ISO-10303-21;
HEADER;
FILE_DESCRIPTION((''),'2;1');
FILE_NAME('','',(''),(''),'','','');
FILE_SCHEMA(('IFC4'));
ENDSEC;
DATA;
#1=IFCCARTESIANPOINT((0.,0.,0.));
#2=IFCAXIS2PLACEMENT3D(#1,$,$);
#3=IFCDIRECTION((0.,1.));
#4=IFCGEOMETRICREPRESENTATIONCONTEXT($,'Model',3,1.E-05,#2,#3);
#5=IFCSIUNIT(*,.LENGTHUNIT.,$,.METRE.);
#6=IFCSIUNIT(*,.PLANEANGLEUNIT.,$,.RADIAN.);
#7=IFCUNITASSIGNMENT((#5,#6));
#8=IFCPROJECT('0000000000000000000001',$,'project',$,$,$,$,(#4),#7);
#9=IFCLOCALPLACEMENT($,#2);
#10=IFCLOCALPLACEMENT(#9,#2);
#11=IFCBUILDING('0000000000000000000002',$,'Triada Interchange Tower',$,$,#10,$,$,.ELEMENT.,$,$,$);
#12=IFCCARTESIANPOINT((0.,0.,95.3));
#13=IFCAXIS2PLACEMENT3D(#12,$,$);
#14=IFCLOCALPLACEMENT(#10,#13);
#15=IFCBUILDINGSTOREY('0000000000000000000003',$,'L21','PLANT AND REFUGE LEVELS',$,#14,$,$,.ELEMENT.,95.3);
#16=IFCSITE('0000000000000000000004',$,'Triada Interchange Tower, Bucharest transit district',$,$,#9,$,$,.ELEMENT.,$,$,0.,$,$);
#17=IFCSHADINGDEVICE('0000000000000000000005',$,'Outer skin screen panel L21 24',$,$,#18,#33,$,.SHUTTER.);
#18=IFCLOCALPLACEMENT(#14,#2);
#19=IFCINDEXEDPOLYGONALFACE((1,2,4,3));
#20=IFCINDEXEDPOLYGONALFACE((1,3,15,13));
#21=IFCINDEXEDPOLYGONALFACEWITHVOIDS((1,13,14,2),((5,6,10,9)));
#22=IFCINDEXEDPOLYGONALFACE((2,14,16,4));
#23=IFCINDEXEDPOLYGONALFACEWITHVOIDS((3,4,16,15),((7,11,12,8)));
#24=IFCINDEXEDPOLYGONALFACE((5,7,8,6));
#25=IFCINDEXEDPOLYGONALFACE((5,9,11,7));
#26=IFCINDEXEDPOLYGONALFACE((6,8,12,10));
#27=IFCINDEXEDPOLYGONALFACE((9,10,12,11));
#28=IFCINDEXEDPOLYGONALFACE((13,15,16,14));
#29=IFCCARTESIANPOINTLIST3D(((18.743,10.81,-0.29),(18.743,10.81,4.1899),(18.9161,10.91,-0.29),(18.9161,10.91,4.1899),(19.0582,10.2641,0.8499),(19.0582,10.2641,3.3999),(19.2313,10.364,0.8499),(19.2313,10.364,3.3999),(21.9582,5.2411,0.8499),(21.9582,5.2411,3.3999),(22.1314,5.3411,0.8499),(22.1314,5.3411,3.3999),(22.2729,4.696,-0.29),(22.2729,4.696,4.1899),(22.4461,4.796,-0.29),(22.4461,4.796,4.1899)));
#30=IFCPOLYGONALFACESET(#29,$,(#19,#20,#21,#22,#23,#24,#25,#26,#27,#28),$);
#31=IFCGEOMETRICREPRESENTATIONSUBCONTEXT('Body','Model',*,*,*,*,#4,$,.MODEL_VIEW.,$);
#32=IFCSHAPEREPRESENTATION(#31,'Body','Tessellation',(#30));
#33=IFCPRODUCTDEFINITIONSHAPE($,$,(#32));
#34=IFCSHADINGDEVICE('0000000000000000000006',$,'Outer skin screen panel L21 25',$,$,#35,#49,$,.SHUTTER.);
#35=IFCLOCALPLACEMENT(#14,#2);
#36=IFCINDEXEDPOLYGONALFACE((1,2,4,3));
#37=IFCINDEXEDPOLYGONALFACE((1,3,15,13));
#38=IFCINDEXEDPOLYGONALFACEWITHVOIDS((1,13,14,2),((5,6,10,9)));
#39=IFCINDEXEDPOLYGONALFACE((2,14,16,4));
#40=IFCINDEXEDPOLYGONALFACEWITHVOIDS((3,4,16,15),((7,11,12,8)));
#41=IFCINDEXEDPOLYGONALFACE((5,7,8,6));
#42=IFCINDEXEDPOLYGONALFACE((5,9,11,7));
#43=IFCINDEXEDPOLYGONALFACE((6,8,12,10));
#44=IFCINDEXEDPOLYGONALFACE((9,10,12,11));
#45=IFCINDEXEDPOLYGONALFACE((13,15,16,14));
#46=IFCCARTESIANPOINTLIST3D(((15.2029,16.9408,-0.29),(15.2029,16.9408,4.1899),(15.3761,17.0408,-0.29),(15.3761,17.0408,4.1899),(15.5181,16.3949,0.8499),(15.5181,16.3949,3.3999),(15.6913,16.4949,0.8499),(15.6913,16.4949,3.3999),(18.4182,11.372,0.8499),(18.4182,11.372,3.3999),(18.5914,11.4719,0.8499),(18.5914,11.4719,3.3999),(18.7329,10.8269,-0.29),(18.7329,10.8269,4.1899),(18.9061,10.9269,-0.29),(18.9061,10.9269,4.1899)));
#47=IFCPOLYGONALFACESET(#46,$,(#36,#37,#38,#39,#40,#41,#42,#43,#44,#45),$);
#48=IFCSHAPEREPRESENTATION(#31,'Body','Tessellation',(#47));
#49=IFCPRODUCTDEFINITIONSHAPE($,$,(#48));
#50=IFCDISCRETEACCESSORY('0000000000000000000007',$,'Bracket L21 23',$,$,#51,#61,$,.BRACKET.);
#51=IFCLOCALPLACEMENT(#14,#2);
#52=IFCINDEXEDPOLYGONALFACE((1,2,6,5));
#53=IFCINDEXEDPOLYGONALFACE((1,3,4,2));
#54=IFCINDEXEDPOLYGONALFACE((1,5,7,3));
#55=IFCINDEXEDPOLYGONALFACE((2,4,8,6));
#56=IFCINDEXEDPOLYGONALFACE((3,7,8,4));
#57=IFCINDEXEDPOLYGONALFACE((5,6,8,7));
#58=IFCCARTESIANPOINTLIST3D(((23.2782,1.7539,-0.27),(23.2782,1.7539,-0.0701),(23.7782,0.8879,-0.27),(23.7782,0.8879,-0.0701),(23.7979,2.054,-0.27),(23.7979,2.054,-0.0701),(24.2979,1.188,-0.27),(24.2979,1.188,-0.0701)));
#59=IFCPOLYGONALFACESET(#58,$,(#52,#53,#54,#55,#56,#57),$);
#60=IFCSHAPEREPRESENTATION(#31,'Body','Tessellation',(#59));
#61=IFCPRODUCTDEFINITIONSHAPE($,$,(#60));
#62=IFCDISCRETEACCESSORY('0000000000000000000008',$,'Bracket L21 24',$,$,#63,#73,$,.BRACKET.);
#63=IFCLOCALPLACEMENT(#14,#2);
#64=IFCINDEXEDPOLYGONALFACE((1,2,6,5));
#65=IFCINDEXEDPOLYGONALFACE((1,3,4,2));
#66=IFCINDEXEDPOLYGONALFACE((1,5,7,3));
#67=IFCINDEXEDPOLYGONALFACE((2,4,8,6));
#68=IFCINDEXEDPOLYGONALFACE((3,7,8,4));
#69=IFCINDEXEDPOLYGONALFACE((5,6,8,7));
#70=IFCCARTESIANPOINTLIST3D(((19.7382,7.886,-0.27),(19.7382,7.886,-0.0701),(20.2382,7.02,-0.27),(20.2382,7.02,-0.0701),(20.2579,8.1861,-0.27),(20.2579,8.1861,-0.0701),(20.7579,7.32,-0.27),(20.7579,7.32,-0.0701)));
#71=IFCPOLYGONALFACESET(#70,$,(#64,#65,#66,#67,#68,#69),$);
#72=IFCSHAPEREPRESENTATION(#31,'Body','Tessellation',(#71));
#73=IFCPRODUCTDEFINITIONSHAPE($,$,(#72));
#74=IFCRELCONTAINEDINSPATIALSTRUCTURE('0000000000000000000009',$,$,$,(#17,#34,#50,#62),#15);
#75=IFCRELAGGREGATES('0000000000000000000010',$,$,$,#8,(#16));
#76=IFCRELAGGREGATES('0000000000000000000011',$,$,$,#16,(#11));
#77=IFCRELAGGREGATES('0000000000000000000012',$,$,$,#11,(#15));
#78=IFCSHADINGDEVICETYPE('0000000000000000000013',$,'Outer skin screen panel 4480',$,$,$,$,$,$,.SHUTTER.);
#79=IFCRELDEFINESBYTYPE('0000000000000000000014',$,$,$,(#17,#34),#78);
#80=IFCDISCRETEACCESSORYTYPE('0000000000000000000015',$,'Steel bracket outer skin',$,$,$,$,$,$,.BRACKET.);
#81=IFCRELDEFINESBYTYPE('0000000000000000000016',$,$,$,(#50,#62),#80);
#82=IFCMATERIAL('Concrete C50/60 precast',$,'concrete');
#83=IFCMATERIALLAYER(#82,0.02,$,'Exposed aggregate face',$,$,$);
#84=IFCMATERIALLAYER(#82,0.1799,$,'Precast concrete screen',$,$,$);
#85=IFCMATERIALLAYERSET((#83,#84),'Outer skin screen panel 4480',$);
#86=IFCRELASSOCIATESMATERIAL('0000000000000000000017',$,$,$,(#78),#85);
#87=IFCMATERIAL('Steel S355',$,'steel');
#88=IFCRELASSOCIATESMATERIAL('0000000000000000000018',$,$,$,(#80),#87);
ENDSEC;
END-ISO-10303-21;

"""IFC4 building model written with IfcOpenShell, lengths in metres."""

from ifc_helpers import new_model, si_unit, direction, frame, origin, origin_2d, place, context, subcontext, project, spatial, polyline, rectangle, outline, extrude, material, layer, layer_set, type_object, element, save


model = new_model("IFC4")

# Units and contexts
model_context = context("Model", 3, precision=1e-05, world=origin(), true_north=direction((0.0, 1.0)))
body_context = subcontext(model_context, "Body", "Model", "MODEL_VIEW")
ifc_project = project(units=[si_unit("LENGTHUNIT", "METRE"), si_unit("PLANEANGLEUNIT", "RADIAN")], contexts=[model_context])

# Site, building, storey
site_placement = place(None, origin())
site = spatial("IfcSite", under=ifc_project, at=site_placement, Name="Triada Interchange Tower, Bucharest transit district", CompositionType="ELEMENT", RefElevation=0.0)
building_placement = place(site_placement, origin())
building = spatial("IfcBuilding", under=site, at=building_placement, Name="Triada Interchange Tower", CompositionType="ELEMENT")
storey_placement = place(building_placement, frame((0.0, 0.0, 95.3)))
storey = spatial("IfcBuildingStorey", under=building, at=storey_placement, Name="L21", Description="PLANT AND REFUGE LEVELS", CompositionType="ELEMENT", Elevation=95.3)

# Shared definitions
ifc_material_1 = material(Name="Steel S355", Category="steel")

# Shading devices
ifc_material_2 = material(Name="Concrete C50/60 precast", Category="concrete")
ifc_layer_1 = layer(ifc_material_2, 0.02, Name="Exposed aggregate face")
ifc_layer_2 = layer(ifc_material_2, 0.1799, Name="Precast concrete screen")
ifc_layer_set_1 = layer_set([ifc_layer_1, ifc_layer_2], Name="Outer skin screen panel 4480")
shading_device_type = type_object("IfcShadingDeviceType", Name="Outer skin screen panel 4480", PredefinedType="SHUTTER", material=ifc_layer_set_1)
for number, where, z_axis, x_axis, name in (
    (1, (22.2729, 4.696, -0.29), (0.0, 0.0, 1.0), (-0.500011, 0.866019, 0.0), "Outer skin screen panel L21 24"),
    (2, (18.7329, 10.8269, -0.29), (0.0, 0.0, 1.0), (-0.500011, 0.866019, 0.0), "Outer skin screen panel L21 25"),
):
    element("IfcShadingDevice", number, at=place(storey_placement, frame(where, z_axis=z_axis, x_axis=x_axis)), inside=storey, type_object=shading_device_type, Name=name, PredefinedType="SHUTTER", context=body_context, shape_type="SweptSolid", body=[
        extrude(outline(polyline([(0.0, 0.0), (7.0598, 0.0), (7.0598, 4.48), (0.0, 4.48), (0.0, 0.0)]), holes=[polyline([(0.6294, 1.1399), (0.6294, 3.6899), (6.4294, 3.6899), (6.4294, 1.1399), (0.6294, 1.1399)])]), frame((0.0, 0.0, 0.0), z_axis=(0.0, -1.0, 0.0), x_axis=(1.0, 0.0, 0.0)), (0.0, 0.0, 1.0), 0.2),
    ])

# Discrete accessories
discrete_accessory_type = type_object("IfcDiscreteAccessoryType", Name="Steel bracket outer skin", PredefinedType="BRACKET", material=ifc_material_1)
for number, where, z_axis, x_axis, name in (
    (3, (23.7881, 1.4709, -0.27), (0.0, 0.0, 1.0), (0.866021, 0.500007, 0.0), "Bracket L21 23"),
    (4, (20.248, 7.603, -0.27), (0.0, 0.0, 1.0), (0.866021, 0.500007, 0.0), "Bracket L21 24"),
):
    element("IfcDiscreteAccessory", number, at=place(storey_placement, frame(where, z_axis=z_axis, x_axis=x_axis)), inside=storey, type_object=discrete_accessory_type, Name=name, PredefinedType="BRACKET", context=body_context, shape_type="SweptSolid", body=[
        extrude(rectangle(XDim=0.6001, YDim=1.0, at=origin_2d()), origin(), (0.0, 0.0, 1.0), 0.2),
    ])

save(model, "model.ifc")
